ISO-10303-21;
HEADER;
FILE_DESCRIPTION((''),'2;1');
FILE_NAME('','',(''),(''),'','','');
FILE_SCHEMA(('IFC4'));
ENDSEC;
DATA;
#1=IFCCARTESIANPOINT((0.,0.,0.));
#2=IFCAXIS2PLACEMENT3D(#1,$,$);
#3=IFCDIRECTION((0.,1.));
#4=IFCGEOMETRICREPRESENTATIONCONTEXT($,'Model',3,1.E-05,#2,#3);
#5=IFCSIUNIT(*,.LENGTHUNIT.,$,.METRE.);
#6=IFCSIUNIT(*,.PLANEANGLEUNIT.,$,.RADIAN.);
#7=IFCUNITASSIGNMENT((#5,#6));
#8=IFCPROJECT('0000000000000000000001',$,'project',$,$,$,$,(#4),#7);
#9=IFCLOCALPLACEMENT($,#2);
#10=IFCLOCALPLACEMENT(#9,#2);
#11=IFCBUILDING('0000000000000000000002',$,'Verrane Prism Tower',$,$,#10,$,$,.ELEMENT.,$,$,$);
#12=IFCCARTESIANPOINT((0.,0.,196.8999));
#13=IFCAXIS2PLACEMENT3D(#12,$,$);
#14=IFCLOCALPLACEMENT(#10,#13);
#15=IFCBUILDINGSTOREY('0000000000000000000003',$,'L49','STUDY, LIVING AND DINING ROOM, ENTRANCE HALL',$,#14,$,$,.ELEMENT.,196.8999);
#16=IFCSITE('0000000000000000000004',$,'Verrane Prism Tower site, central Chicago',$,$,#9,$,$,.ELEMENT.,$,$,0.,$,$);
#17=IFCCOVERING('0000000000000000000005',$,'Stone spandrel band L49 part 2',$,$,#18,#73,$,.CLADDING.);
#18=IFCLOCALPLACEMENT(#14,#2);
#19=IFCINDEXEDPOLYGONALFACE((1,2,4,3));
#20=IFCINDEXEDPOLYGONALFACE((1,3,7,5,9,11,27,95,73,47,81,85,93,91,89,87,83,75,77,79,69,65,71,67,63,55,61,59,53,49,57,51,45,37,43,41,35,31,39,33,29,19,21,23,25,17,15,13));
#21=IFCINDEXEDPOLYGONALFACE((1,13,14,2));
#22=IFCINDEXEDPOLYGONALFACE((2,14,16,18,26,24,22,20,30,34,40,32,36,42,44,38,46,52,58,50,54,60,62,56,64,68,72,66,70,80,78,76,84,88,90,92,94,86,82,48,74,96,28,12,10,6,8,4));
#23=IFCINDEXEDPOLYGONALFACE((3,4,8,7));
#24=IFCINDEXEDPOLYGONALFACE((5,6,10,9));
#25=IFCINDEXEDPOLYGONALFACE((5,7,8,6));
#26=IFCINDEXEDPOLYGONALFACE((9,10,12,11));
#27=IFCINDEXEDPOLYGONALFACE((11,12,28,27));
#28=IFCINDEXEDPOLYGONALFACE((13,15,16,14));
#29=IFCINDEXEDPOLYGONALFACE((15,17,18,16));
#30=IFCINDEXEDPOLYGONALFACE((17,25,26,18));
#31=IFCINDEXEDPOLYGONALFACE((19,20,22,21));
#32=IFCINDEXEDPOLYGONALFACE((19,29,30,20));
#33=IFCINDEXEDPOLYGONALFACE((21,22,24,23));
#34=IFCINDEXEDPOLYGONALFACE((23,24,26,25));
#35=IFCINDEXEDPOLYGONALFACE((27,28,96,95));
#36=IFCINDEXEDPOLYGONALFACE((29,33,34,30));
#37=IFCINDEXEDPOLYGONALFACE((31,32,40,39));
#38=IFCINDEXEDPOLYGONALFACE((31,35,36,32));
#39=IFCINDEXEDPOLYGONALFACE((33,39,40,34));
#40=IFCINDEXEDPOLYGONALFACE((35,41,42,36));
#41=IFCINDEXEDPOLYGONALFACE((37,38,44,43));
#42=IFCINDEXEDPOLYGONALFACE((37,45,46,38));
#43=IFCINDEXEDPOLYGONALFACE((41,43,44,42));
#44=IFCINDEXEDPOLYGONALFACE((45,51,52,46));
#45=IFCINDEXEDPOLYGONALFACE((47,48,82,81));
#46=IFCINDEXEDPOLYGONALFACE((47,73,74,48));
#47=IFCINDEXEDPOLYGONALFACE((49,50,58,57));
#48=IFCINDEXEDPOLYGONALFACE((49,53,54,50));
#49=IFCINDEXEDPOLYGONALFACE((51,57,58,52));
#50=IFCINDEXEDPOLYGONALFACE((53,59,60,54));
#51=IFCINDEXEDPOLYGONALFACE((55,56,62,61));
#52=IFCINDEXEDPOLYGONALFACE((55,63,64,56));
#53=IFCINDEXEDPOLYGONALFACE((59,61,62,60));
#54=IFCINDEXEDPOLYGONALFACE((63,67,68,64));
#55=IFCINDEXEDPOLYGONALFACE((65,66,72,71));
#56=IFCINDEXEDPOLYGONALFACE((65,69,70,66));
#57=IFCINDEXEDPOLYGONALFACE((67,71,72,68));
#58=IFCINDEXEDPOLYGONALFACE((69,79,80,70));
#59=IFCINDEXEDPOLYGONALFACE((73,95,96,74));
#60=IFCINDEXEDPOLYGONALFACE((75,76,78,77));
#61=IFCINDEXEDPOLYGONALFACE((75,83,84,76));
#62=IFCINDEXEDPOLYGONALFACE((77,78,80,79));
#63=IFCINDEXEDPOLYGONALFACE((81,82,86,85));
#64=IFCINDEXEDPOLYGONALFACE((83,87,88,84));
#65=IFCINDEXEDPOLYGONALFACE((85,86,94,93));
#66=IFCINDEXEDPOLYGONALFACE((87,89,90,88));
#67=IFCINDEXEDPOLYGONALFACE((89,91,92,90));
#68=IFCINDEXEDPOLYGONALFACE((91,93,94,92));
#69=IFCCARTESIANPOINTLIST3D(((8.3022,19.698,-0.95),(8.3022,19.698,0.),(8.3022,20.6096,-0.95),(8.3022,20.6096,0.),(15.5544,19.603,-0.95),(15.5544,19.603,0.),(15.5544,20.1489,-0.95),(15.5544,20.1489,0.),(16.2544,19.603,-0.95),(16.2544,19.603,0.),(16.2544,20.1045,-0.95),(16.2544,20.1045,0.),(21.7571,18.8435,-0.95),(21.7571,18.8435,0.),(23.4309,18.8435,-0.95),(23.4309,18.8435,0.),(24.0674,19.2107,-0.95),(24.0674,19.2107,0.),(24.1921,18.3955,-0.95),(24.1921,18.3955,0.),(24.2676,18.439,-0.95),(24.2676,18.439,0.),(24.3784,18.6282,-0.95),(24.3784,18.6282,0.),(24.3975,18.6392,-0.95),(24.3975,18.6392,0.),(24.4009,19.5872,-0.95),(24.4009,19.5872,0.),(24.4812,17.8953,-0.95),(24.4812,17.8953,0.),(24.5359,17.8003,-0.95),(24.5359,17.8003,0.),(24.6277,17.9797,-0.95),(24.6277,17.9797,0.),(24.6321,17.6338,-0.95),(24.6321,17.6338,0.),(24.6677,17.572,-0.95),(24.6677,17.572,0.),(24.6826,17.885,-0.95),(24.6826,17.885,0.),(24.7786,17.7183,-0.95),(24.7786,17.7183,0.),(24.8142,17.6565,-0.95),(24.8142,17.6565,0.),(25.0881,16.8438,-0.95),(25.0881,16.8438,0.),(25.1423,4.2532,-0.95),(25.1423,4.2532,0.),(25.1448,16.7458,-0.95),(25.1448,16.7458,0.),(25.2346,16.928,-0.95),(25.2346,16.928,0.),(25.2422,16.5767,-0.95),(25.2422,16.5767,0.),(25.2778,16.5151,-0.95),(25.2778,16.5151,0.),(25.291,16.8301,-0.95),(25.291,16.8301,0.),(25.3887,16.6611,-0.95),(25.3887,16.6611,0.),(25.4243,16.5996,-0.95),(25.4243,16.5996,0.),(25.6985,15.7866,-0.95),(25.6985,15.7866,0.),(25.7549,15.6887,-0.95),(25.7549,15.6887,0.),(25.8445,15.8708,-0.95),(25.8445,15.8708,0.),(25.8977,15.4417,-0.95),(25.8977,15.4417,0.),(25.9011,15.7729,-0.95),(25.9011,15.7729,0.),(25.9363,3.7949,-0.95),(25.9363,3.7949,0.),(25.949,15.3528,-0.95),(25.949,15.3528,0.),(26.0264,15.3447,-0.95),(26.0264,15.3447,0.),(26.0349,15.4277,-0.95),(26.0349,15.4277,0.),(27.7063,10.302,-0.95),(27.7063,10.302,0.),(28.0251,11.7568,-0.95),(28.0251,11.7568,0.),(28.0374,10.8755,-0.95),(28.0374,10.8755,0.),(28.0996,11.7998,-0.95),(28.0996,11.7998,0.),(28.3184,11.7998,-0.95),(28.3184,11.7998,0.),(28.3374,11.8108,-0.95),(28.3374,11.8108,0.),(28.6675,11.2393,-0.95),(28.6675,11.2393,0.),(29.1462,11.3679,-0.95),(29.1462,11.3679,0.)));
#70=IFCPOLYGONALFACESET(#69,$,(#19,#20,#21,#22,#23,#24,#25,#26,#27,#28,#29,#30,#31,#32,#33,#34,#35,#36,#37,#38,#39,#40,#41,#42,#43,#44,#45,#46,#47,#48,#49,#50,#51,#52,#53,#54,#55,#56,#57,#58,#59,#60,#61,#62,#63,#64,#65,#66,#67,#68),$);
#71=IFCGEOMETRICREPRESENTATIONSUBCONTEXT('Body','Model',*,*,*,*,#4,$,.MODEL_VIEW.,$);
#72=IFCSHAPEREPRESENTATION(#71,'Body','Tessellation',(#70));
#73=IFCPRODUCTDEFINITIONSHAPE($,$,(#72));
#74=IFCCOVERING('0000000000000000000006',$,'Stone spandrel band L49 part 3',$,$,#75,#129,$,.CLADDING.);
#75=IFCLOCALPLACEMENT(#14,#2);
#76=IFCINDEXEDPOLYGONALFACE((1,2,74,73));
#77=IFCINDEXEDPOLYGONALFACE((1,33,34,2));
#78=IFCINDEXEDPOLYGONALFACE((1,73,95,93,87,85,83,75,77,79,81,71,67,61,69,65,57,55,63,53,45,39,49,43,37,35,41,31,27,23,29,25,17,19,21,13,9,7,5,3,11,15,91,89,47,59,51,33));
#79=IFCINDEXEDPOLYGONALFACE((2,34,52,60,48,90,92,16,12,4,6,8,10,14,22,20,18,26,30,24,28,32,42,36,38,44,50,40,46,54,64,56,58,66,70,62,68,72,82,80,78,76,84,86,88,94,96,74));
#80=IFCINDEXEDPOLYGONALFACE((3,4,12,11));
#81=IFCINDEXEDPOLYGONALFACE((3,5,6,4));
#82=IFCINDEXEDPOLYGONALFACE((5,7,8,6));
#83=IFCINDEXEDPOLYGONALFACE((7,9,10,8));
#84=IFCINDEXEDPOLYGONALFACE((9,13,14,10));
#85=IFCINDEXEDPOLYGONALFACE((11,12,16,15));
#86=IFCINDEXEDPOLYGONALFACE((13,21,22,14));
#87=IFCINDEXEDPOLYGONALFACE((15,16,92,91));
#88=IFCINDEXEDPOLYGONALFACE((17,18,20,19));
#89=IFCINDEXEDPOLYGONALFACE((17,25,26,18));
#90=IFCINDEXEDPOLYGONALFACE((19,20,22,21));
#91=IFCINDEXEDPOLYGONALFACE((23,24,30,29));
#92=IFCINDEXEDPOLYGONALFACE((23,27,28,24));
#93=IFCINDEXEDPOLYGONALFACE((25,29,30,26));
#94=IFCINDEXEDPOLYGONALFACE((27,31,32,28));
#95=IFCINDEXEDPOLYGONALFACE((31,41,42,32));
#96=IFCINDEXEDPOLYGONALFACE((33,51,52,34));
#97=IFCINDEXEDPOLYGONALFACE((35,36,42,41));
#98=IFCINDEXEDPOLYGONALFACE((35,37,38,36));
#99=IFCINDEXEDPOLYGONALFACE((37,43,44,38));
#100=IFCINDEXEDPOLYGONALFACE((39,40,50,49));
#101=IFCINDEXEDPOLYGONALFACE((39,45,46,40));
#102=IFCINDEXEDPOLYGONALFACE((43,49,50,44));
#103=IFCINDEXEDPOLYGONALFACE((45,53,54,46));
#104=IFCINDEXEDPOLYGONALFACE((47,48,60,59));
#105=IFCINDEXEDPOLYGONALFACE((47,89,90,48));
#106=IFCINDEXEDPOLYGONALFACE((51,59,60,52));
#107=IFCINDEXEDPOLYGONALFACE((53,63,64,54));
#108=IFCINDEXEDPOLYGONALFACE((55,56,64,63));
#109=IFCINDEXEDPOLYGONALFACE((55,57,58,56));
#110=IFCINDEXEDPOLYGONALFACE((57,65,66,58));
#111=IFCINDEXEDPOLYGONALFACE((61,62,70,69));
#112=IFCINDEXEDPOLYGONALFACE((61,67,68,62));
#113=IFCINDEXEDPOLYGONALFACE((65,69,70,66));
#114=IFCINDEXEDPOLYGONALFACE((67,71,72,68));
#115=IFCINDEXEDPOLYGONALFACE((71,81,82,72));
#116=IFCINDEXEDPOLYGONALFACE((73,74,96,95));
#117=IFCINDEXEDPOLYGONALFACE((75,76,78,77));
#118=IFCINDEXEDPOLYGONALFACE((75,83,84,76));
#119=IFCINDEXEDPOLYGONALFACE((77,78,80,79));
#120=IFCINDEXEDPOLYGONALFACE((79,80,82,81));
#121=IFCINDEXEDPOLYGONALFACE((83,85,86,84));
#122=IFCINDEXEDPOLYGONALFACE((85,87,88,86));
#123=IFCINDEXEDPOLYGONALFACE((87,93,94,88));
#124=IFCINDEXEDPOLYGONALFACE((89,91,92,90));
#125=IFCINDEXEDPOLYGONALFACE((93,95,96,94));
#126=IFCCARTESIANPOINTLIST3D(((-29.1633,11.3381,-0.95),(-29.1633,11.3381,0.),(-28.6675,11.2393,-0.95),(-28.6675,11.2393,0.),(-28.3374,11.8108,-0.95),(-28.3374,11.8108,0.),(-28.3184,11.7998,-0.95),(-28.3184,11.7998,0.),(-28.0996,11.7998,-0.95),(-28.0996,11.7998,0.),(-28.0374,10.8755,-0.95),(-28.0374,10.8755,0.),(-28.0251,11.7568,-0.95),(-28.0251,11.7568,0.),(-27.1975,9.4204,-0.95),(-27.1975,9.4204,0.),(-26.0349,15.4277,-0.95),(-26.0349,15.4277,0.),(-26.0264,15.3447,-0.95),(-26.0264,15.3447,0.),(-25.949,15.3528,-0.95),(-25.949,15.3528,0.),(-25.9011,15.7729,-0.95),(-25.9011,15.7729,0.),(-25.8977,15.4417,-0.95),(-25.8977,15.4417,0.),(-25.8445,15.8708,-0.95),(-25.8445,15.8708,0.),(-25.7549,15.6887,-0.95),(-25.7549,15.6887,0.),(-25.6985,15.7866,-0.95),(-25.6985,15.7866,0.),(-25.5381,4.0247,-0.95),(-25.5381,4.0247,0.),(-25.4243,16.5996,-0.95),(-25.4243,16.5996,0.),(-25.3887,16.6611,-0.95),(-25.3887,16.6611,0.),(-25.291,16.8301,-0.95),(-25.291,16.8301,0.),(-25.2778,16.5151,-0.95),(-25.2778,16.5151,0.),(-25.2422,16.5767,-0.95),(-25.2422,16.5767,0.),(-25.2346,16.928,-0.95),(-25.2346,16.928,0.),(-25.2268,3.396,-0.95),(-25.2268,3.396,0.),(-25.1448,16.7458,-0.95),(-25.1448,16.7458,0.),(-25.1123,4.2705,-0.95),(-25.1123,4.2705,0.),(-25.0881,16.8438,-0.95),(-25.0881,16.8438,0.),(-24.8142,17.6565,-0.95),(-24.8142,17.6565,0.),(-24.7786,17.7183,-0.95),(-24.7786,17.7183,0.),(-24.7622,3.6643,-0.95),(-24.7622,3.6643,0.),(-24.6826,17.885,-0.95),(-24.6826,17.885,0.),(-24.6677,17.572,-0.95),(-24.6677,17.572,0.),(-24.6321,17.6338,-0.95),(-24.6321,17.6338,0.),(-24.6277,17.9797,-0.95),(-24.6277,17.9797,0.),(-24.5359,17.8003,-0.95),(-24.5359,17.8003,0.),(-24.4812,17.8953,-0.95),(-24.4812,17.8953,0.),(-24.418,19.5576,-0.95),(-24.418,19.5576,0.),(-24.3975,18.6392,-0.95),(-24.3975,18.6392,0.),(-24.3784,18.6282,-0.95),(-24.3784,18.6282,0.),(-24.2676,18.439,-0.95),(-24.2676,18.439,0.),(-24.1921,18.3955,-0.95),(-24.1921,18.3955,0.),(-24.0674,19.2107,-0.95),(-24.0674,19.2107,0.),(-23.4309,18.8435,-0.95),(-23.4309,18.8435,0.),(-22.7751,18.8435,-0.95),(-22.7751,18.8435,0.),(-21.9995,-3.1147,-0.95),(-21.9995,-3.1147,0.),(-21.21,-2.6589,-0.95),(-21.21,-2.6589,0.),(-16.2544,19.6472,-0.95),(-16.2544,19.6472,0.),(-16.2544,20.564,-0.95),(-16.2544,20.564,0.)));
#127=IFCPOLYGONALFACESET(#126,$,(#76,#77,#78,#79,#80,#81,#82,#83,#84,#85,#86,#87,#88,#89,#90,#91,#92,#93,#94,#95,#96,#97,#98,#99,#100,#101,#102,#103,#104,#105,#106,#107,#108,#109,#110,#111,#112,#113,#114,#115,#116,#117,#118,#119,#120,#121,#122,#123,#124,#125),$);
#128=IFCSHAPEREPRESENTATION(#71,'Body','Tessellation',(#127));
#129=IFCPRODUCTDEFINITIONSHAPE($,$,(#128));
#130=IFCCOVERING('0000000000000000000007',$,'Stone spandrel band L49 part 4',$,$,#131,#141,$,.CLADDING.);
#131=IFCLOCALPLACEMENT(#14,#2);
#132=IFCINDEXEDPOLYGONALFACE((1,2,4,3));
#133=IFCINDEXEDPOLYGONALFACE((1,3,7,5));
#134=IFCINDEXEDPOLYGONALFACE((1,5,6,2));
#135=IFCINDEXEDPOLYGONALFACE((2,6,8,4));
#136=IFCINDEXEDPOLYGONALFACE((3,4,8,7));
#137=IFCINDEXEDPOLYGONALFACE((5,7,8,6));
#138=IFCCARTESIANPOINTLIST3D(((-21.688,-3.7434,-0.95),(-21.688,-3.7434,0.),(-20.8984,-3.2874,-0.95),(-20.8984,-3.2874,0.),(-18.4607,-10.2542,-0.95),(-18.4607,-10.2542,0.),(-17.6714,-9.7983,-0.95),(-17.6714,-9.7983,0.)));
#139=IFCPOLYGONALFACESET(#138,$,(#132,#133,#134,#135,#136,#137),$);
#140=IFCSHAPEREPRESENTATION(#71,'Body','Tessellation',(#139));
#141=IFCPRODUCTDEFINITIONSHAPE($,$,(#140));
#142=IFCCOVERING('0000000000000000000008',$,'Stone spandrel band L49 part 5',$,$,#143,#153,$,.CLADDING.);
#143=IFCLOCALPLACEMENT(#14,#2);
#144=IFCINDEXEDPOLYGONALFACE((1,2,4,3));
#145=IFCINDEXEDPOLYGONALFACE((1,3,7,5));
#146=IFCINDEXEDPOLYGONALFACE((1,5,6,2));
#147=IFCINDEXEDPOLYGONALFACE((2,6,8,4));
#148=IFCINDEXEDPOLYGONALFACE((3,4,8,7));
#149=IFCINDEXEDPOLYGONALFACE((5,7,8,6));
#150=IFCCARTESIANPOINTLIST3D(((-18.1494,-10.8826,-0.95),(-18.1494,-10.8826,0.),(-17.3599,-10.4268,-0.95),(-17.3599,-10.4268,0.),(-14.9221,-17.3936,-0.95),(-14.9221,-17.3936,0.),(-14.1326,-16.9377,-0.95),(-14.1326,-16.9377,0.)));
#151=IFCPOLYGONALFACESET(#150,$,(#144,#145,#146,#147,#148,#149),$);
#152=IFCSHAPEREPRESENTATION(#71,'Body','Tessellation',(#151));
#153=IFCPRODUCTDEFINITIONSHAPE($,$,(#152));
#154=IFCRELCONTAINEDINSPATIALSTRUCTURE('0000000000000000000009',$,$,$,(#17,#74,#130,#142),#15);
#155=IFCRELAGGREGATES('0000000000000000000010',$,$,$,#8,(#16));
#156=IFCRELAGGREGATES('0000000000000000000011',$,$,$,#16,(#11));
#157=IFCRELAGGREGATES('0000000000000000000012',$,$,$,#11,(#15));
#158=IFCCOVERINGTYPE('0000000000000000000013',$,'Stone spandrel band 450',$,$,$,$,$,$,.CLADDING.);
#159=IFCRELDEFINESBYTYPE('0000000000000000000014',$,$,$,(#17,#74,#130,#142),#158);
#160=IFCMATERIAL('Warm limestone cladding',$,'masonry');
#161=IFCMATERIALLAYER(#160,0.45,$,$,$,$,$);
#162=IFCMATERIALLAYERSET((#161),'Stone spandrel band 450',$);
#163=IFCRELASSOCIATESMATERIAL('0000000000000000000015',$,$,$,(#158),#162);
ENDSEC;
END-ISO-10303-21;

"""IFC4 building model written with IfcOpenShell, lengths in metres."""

from ifc_helpers import new_model, si_unit, direction, frame, origin, place, context, subcontext, project, spatial, polyline, outline, extrude, material, layer, layer_set, type_object, element, save


model = new_model("IFC4")

# Units and contexts
model_context = context("Model", 3, precision=1e-05, world=origin(), true_north=direction((0.0, 1.0)))
body_context = subcontext(model_context, "Body", "Model", "MODEL_VIEW")
ifc_project = project(units=[si_unit("LENGTHUNIT", "METRE"), si_unit("PLANEANGLEUNIT", "RADIAN")], contexts=[model_context])

# Site, building, storey
site_placement = place(None, origin())
site = spatial("IfcSite", under=ifc_project, at=site_placement, Name="Verrane Prism Tower site, central Chicago", CompositionType="ELEMENT", RefElevation=0.0)
building_placement = place(site_placement, origin())
building = spatial("IfcBuilding", under=site, at=building_placement, Name="Verrane Prism Tower", CompositionType="ELEMENT")
storey_placement = place(building_placement, frame((0.0, 0.0, 196.8999)))
storey = spatial("IfcBuildingStorey", under=building, at=storey_placement, Name="L49", Description="STUDY, LIVING AND DINING ROOM, ENTRANCE HALL", CompositionType="ELEMENT", Elevation=196.8999)

# Coverings
ifc_material_1 = material(Name="Warm limestone cladding", Category="masonry")
ifc_layer_1 = layer(ifc_material_1, 0.45)
ifc_layer_set_1 = layer_set([ifc_layer_1], Name="Stone spandrel band 450")
covering_type = type_object("IfcCoveringType", Name="Stone spandrel band 450", PredefinedType="CLADDING", material=ifc_layer_set_1)
covering_1_placement = place(storey_placement, frame((0.0, 0.0, -0.95)))
element("IfcCovering", 1, at=covering_1_placement, inside=storey, type_object=covering_type, Name="Stone spandrel band L49 part 2", PredefinedType="CLADDING", context=body_context, shape_type="SweptSolid", body=[
    extrude(outline(polyline([(8.3022, 19.698), (21.7571, 18.8435), (23.4309, 18.8435), (24.0674, 19.2107), (24.3975, 18.6392), (24.3784, 18.6282), (24.2676, 18.439), (24.1921, 18.3955), (24.4812, 17.8953), (24.6277, 17.9797), (24.6826, 17.885), (24.5359, 17.8003), (24.6321, 17.6338), (24.7786, 17.7183), (24.8142, 17.6565), (24.6677, 17.572), (25.0881, 16.8438), (25.2346, 16.928), (25.291, 16.8301), (25.1448, 16.7458), (25.2422, 16.5767), (25.3887, 16.6611), (25.4243, 16.5996), (25.2778, 16.5151), (25.6985, 15.7866), (25.8445, 15.8708), (25.9011, 15.7729), (25.7549, 15.6887), (25.8977, 15.4417), (26.0349, 15.4277), (26.0264, 15.3447), (25.949, 15.3528), (28.0251, 11.7568), (28.0996, 11.7998), (28.3184, 11.7998), (28.3374, 11.8108), (28.6675, 11.2393), (28.0374, 10.8755), (27.7063, 10.302), (25.1423, 4.2532), (25.9363, 3.7949), (29.1462, 11.3679), (24.4009, 19.5872), (16.2544, 20.1045), (16.2544, 19.603), (15.5544, 19.603), (15.5544, 20.1489), (8.3022, 20.6096), (8.3022, 19.698)])), origin(), (0.0, 0.0, 1.0), 0.95),
])
covering_2_placement = place(storey_placement, frame((0.0, 0.0, -0.95)))
element("IfcCovering", 2, at=covering_2_placement, inside=storey, type_object=covering_type, Name="Stone spandrel band L49 part 3", PredefinedType="CLADDING", context=body_context, shape_type="SweptSolid", body=[
    extrude(outline(polyline([(-21.9995, -3.1147), (-21.21, -2.6589), (-27.1975, 9.4204), (-28.0374, 10.8755), (-28.6675, 11.2393), (-28.3374, 11.8108), (-28.3184, 11.7998), (-28.0996, 11.7998), (-28.0251, 11.7568), (-25.949, 15.3528), (-26.0264, 15.3447), (-26.0349, 15.4277), (-25.8977, 15.4417), (-25.7549, 15.6887), (-25.9011, 15.7729), (-25.8445, 15.8708), (-25.6985, 15.7866), (-25.2778, 16.5151), (-25.4243, 16.5996), (-25.3887, 16.6611), (-25.2422, 16.5767), (-25.1448, 16.7458), (-25.291, 16.8301), (-25.2346, 16.928), (-25.0881, 16.8438), (-24.6677, 17.572), (-24.8142, 17.6565), (-24.7786, 17.7183), (-24.6321, 17.6338), (-24.5359, 17.8003), (-24.6826, 17.885), (-24.6277, 17.9797), (-24.4812, 17.8953), (-24.1921, 18.3955), (-24.2676, 18.439), (-24.3784, 18.6282), (-24.3975, 18.6392), (-24.0674, 19.2107), (-23.4309, 18.8435), (-22.7751, 18.8435), (-16.2544, 19.6472), (-16.2544, 20.564), (-24.418, 19.5576), (-29.1633, 11.3381), (-25.5381, 4.0247), (-25.1123, 4.2705), (-24.7622, 3.6643), (-25.2268, 3.396), (-21.9995, -3.1147)])), origin(), (0.0, 0.0, 1.0), 0.95),
])
covering_3_placement = place(storey_placement, frame((0.0, 0.0, -0.95)))
element("IfcCovering", 3, at=covering_3_placement, inside=storey, type_object=covering_type, Name="Stone spandrel band L49 part 4", PredefinedType="CLADDING", context=body_context, shape_type="SweptSolid", body=[
    extrude(outline(polyline([(-17.6714, -9.7983), (-20.8984, -3.2874), (-21.688, -3.7434), (-18.4607, -10.2542), (-17.6714, -9.7983)])), origin(), (0.0, 0.0, 1.0), 0.95),
])
covering_4_placement = place(storey_placement, frame((0.0, 0.0, -0.95)))
element("IfcCovering", 4, at=covering_4_placement, inside=storey, type_object=covering_type, Name="Stone spandrel band L49 part 5", PredefinedType="CLADDING", context=body_context, shape_type="SweptSolid", body=[
    extrude(outline(polyline([(-14.1326, -16.9377), (-17.3599, -10.4268), (-18.1494, -10.8826), (-14.9221, -17.3936), (-14.1326, -16.9377)])), origin(), (0.0, 0.0, 1.0), 0.95),
])

save(model, "model.ifc")
